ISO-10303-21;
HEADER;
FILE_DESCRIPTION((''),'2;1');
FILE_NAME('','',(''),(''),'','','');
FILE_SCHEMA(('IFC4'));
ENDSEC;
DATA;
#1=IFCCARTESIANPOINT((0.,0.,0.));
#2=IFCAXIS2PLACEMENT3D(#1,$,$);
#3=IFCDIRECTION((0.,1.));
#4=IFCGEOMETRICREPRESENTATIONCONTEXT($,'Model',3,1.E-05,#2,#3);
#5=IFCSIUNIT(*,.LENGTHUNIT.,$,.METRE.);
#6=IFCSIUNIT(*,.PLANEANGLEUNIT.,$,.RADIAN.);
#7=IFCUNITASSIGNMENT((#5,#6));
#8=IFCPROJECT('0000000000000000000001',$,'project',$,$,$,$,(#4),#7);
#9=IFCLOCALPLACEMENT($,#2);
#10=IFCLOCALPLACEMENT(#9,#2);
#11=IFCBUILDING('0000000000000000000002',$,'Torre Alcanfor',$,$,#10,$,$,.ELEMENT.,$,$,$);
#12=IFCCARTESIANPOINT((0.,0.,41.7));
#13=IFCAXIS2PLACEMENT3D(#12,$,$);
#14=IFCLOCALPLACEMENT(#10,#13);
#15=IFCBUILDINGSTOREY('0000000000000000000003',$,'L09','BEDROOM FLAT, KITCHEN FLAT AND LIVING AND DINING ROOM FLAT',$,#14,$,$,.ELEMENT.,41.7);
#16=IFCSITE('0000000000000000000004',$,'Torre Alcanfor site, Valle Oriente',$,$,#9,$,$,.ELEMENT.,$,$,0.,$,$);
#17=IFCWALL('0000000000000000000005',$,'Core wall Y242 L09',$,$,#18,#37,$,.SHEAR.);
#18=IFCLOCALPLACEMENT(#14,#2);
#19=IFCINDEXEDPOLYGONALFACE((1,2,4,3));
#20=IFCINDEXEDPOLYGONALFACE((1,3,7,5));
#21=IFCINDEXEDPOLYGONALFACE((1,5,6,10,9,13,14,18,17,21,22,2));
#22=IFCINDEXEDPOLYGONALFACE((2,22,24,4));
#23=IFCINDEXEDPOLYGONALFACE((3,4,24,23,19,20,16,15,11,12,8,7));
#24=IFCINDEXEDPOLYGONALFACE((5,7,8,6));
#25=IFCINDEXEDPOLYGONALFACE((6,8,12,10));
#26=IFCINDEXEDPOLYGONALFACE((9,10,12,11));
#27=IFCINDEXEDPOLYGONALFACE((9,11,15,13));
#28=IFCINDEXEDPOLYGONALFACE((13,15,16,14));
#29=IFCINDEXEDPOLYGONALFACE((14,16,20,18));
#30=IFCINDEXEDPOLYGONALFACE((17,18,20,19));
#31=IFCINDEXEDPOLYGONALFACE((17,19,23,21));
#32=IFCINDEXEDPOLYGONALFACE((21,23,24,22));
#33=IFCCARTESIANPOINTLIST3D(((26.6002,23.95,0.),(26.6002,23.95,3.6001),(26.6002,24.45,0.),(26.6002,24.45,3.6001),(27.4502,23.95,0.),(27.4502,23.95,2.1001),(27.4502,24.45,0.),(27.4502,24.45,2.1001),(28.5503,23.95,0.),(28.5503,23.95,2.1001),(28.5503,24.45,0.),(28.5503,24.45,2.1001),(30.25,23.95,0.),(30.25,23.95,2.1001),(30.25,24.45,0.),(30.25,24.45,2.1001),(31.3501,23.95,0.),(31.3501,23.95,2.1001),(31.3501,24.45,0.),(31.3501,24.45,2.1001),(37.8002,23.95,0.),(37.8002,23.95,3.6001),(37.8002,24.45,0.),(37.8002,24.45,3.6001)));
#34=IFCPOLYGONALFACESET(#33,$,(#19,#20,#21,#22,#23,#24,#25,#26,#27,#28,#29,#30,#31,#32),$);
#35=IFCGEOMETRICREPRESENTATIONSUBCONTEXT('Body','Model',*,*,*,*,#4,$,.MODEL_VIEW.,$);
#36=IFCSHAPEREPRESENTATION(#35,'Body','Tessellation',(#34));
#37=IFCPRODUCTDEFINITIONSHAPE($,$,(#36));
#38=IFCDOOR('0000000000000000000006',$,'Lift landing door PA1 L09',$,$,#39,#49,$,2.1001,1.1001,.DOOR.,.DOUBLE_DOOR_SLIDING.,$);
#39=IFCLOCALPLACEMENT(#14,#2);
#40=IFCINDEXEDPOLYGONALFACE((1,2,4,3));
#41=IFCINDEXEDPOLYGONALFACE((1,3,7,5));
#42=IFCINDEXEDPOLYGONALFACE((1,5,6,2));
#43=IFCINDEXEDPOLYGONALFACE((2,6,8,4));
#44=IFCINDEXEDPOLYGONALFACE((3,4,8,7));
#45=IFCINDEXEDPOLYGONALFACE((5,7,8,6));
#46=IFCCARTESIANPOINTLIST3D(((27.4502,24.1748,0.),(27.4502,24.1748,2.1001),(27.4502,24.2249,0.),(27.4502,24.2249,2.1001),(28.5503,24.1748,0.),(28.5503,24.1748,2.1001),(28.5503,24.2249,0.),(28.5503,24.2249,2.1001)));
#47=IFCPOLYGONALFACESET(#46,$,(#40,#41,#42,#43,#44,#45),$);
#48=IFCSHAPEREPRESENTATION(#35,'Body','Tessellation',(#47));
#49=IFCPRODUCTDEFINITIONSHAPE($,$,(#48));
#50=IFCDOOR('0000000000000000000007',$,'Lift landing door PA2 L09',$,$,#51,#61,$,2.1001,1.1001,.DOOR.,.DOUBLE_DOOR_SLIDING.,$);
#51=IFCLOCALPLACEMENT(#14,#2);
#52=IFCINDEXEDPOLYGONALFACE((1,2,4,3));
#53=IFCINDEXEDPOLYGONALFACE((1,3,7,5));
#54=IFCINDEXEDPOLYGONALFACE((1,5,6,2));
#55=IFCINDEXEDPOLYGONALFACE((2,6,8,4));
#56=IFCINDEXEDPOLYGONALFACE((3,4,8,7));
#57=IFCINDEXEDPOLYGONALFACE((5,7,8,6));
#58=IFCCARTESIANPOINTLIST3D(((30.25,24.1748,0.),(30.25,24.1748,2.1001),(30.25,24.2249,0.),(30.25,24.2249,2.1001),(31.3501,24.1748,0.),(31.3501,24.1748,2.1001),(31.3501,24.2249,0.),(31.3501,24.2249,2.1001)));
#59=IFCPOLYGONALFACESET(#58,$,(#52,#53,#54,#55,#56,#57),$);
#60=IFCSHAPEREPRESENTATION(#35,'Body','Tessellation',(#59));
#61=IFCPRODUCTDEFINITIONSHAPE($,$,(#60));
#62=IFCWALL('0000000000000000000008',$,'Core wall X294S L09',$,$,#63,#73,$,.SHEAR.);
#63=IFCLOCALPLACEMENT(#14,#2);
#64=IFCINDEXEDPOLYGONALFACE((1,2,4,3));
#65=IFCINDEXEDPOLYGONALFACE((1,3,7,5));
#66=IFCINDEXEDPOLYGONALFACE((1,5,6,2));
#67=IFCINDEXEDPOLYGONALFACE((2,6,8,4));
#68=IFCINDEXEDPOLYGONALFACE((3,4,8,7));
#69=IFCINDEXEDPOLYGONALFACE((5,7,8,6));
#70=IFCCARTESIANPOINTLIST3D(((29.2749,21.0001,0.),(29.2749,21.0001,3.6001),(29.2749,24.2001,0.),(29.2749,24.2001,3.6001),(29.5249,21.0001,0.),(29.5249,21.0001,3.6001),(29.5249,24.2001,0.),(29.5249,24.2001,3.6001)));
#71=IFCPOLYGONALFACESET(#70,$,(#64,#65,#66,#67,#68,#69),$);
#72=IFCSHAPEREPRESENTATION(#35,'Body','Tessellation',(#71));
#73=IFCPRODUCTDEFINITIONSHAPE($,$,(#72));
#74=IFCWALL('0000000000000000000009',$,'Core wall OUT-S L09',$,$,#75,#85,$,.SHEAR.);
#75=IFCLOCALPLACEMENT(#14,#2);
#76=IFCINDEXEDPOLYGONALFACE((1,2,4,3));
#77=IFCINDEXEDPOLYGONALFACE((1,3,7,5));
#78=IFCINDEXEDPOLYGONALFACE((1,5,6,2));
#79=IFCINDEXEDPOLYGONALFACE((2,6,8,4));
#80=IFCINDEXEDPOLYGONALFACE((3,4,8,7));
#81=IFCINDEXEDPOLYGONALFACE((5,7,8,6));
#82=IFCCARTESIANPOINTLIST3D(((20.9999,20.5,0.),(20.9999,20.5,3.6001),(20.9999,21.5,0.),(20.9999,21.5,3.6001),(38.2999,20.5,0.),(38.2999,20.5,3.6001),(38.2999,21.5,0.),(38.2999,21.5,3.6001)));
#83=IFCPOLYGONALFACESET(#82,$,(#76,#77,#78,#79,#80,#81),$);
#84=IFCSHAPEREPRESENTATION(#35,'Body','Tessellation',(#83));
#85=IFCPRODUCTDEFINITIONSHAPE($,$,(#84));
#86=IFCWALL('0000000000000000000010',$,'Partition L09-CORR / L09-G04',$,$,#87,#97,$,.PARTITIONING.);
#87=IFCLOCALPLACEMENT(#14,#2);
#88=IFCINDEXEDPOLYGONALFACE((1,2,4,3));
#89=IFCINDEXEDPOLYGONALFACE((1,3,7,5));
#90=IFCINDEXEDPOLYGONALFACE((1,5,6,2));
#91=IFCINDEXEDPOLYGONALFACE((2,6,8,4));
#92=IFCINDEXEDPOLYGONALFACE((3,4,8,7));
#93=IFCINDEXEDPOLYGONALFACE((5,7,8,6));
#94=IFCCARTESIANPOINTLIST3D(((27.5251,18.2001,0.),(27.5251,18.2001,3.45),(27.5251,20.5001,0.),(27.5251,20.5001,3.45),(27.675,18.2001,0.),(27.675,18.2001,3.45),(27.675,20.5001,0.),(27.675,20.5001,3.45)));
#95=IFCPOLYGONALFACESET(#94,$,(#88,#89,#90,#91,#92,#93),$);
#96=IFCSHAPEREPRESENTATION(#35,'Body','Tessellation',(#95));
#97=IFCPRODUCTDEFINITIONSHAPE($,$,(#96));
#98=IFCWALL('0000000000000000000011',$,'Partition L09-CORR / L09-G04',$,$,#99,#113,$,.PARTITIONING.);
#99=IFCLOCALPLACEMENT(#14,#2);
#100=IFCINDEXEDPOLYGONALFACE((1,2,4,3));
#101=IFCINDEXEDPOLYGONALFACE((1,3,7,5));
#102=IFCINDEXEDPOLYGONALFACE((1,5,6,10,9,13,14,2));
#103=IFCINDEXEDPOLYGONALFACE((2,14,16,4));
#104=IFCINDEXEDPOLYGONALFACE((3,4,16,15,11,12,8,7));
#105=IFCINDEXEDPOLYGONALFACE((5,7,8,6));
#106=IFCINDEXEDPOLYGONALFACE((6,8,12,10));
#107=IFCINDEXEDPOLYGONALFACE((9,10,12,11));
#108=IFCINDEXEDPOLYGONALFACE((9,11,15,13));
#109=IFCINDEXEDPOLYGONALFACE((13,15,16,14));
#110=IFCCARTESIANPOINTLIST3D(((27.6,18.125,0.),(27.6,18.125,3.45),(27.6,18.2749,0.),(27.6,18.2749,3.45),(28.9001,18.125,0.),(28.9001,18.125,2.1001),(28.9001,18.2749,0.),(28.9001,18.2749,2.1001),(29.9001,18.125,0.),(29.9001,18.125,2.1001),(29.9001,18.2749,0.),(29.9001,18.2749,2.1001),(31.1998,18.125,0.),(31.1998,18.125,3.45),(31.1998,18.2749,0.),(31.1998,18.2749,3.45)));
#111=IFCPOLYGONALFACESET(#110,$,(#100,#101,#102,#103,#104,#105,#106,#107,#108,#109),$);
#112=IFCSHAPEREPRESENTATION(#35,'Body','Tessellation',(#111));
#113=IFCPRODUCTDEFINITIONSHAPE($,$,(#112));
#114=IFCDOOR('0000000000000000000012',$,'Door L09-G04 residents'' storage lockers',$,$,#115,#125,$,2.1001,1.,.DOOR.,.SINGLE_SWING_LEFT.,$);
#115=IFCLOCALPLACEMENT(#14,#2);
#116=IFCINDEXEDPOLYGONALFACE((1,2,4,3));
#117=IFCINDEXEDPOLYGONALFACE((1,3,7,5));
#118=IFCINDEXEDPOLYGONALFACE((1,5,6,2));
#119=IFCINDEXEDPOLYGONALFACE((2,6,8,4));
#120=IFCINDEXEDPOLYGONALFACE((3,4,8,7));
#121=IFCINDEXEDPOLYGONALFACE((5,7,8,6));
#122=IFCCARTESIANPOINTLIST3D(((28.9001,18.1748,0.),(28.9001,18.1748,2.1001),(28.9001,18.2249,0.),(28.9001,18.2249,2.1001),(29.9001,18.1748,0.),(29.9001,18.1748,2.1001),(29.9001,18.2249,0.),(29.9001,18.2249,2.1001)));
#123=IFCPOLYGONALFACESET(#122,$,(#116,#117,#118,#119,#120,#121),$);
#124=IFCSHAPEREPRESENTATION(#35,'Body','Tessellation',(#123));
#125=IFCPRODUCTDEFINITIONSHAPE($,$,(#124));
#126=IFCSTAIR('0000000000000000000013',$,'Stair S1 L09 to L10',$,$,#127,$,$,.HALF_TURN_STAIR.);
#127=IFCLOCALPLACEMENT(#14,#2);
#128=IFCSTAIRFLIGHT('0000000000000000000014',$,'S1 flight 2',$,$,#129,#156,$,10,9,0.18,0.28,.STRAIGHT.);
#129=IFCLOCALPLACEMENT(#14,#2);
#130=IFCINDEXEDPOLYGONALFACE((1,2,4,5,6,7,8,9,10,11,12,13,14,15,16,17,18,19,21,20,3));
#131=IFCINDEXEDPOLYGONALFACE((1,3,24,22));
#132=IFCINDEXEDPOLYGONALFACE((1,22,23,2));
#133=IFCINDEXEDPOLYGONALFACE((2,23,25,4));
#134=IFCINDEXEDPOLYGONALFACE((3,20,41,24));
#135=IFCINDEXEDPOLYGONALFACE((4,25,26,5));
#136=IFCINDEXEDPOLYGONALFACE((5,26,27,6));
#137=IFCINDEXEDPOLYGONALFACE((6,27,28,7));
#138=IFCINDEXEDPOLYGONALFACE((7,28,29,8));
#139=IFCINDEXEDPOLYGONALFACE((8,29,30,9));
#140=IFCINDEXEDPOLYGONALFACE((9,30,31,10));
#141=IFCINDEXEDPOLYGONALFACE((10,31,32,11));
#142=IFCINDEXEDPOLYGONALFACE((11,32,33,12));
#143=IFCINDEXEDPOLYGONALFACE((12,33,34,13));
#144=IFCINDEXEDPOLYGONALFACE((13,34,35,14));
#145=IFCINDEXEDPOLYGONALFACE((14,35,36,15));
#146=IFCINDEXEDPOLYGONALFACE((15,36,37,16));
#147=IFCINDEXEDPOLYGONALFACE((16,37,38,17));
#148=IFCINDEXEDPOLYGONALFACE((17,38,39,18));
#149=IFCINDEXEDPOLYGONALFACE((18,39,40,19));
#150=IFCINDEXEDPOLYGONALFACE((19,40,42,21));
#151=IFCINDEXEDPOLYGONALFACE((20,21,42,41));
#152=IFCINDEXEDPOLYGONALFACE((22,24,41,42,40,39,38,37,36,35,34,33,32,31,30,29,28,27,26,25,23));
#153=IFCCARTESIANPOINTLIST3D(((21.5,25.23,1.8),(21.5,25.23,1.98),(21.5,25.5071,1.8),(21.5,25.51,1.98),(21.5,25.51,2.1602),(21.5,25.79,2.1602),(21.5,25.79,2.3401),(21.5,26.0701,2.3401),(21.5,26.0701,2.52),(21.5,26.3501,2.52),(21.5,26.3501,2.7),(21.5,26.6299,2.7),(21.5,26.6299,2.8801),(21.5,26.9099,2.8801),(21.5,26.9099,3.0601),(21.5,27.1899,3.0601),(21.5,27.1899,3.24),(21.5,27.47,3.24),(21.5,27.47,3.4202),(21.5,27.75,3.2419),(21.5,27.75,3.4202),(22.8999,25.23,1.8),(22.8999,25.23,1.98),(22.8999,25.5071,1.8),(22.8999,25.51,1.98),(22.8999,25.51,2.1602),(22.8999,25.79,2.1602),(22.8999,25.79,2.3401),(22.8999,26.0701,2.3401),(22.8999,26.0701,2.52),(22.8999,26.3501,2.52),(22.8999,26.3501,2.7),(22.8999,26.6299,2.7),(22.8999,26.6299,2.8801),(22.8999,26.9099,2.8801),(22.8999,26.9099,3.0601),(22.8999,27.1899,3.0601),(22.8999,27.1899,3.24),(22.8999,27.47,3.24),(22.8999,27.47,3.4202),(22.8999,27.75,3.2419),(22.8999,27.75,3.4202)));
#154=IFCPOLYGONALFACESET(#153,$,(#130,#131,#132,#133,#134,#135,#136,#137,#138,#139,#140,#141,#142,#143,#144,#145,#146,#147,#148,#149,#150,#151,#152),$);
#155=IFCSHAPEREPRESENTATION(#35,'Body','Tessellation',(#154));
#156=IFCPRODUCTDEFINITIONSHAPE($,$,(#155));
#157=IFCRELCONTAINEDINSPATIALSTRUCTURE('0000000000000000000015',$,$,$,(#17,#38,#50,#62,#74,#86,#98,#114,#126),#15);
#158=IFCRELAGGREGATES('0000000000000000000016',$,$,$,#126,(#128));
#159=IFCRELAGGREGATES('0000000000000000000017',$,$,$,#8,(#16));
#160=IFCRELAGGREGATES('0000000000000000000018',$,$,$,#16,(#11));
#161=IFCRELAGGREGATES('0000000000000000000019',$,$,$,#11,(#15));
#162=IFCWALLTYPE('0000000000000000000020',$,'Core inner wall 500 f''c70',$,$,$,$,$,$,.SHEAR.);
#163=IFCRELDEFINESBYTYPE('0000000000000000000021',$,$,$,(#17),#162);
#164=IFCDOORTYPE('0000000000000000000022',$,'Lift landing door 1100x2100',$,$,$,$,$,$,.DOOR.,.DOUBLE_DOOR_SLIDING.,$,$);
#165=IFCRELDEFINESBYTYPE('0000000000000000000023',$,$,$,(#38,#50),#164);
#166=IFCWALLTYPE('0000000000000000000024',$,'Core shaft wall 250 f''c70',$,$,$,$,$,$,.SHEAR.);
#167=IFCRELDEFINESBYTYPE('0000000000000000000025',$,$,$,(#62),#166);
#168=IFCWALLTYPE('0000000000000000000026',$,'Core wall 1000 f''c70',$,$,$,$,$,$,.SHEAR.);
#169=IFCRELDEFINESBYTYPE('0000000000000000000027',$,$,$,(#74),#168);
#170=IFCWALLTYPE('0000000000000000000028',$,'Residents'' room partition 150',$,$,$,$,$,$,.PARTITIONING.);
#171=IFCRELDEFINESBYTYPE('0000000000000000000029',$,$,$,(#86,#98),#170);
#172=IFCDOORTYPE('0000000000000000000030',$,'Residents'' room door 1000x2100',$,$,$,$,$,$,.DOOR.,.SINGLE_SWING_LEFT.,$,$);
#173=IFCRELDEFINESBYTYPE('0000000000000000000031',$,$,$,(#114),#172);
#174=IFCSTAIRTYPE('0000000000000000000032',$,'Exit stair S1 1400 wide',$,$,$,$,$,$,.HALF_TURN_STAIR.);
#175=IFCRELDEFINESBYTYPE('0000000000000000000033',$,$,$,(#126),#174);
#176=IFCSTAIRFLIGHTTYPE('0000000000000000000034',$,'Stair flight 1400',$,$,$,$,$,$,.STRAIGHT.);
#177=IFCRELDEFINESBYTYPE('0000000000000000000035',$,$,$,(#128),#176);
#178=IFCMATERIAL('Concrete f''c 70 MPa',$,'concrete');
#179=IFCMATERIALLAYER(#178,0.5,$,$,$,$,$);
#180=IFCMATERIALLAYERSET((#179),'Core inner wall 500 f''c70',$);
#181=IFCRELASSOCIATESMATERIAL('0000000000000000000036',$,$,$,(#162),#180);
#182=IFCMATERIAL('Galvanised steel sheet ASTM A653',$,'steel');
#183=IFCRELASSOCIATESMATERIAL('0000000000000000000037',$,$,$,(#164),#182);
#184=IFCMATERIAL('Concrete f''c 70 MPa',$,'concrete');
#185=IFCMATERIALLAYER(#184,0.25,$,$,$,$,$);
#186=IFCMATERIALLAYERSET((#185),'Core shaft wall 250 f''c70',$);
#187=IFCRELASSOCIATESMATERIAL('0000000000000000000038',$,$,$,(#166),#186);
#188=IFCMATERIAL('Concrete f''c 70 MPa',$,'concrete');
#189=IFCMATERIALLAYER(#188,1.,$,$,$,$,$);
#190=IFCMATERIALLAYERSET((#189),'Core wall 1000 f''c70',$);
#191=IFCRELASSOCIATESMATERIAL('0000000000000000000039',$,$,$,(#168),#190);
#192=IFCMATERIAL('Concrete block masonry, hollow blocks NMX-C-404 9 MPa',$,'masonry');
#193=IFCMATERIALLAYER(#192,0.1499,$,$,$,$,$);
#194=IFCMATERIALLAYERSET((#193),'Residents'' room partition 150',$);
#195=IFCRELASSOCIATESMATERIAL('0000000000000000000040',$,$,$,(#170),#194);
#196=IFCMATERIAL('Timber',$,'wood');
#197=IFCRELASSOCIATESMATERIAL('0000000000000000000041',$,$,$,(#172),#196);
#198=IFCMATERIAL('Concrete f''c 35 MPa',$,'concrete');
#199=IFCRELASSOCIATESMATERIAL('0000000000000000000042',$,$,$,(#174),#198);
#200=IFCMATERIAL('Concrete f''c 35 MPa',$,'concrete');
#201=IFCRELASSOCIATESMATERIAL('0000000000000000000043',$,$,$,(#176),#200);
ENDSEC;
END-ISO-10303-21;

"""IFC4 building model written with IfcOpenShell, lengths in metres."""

from ifc_helpers import new_model, si_unit, direction, frame, frame_2d, origin, place, context, subcontext, project, spatial, polyline, rectangle, outline, extrude, material, layer, layer_set, type_object, element, fill, aggregate, save


model = new_model("IFC4")

# Units and contexts
model_context = context("Model", 3, precision=1e-05, world=origin(), true_north=direction((0.0, 1.0)))
body_context = subcontext(model_context, "Body", "Model", "MODEL_VIEW")
ifc_project = project(units=[si_unit("LENGTHUNIT", "METRE"), si_unit("PLANEANGLEUNIT", "RADIAN")], contexts=[model_context])

# Site, building, storey
site_placement = place(None, origin())
site = spatial("IfcSite", under=ifc_project, at=site_placement, Name="Torre Alcanfor site, Valle Oriente", CompositionType="ELEMENT", RefElevation=0.0)
building_placement = place(site_placement, origin())
building = spatial("IfcBuilding", under=site, at=building_placement, Name="Torre Alcanfor", CompositionType="ELEMENT")
storey_placement = place(building_placement, frame((0.0, 0.0, 41.7)))
storey = spatial("IfcBuildingStorey", under=building, at=storey_placement, Name="L09", Description="BEDROOM FLAT, KITCHEN FLAT AND LIVING AND DINING ROOM FLAT", CompositionType="ELEMENT", Elevation=41.7)

# Shared definitions
ifc_material_1 = material(Name="Concrete f'c 70 MPa", Category="concrete")
ifc_layer_1 = layer(ifc_material_1, 0.5)
ifc_layer_set_1 = layer_set([ifc_layer_1], Name="Core inner wall 500 f'c70")
wall_type_1 = type_object("IfcWallType", Name="Core inner wall 500 f'c70", PredefinedType="SHEAR", material=ifc_layer_set_1)

# Wall, openings, doors
wall_1_placement = place(storey_placement, frame((26.6001, 24.2, 0.0), z_axis=(0.0, 0.0, 1.0), x_axis=(1.0, 0.0, 0.0)))
wall_1 = element("IfcWall", 1, at=wall_1_placement, inside=storey, type_object=wall_type_1, Name="Core wall Y242 L09", PredefinedType="SHEAR", context=body_context, shape_type="SweptSolid", body=[
    extrude(rectangle(XDim=11.2, YDim=0.5, at=frame_2d((5.6001, 0.0))), origin(), (0.0, 0.0, 1.0), 3.6001),
])
opening_1_placement = place(wall_1_placement, frame((0.8501, 0.0, 0.0)))
opening_1 = element("IfcOpeningElement", 2, at=opening_1_placement, cuts=wall_1, PredefinedType="OPENING", context=body_context, shape_type="SweptSolid", body=[
    extrude(rectangle(XDim=1.1001, YDim=2.1001, at=frame_2d((0.55, 1.05))), frame((0.0, 0.26, 0.0), z_axis=(0.0, -1.0, 0.0), x_axis=(1.0, 0.0, 0.0)), (0.0, 0.0, 1.0), 0.52),
])
opening_2_placement = place(wall_1_placement, frame((3.6499, 0.0, 0.0)))
opening_2 = element("IfcOpeningElement", 3, at=opening_2_placement, cuts=wall_1, PredefinedType="OPENING", context=body_context, shape_type="SweptSolid", body=[
    extrude(rectangle(XDim=1.1001, YDim=2.1001, at=frame_2d((0.55, 1.05))), frame((0.0, 0.26, 0.0), z_axis=(0.0, -1.0, 0.0), x_axis=(1.0, 0.0, 0.0)), (0.0, 0.0, 1.0), 0.52),
])
ifc_material_2 = material(Name="Galvanised steel sheet ASTM A653", Category="steel")
door_type_1 = type_object("IfcDoorType", Name="Lift landing door 1100x2100", OperationType="DOUBLE_DOOR_SLIDING", PredefinedType="DOOR", material=ifc_material_2)
door_1_placement = place(opening_1_placement, origin())
door_1 = element("IfcDoor", 4, at=door_1_placement, inside=storey, type_object=door_type_1, Name="Lift landing door PA1 L09", OperationType="DOUBLE_DOOR_SLIDING", OverallHeight=2.1001, OverallWidth=1.1001, PredefinedType="DOOR", context=body_context, shape_type="SweptSolid", body=[
    extrude(rectangle(XDim=1.1001, YDim=2.1001, at=frame_2d((0.55, 1.05))), frame((0.0, 0.0249, 0.0), z_axis=(0.0, -1.0, 0.0), x_axis=(1.0, 0.0, 0.0)), (0.0, 0.0, 1.0), 0.05),
])
fill(opening_1, door_1)
door_2_placement = place(opening_2_placement, origin())
door_2 = element("IfcDoor", 5, at=door_2_placement, inside=storey, type_object=door_type_1, Name="Lift landing door PA2 L09", OperationType="DOUBLE_DOOR_SLIDING", OverallHeight=2.1001, OverallWidth=1.1001, PredefinedType="DOOR", context=body_context, shape_type="SweptSolid", body=[
    extrude(rectangle(XDim=1.1001, YDim=2.1001, at=frame_2d((0.55, 1.05))), frame((0.0, 0.0249, 0.0), z_axis=(0.0, -1.0, 0.0), x_axis=(1.0, 0.0, 0.0)), (0.0, 0.0, 1.0), 0.05),
])
fill(opening_2, door_2)

# Walls
ifc_material_3 = material(Name="Concrete f'c 70 MPa", Category="concrete")
ifc_layer_2 = layer(ifc_material_3, 0.25)
ifc_layer_set_2 = layer_set([ifc_layer_2], Name="Core shaft wall 250 f'c70")
wall_type_2 = type_object("IfcWallType", Name="Core shaft wall 250 f'c70", PredefinedType="SHEAR", material=ifc_layer_set_2)
wall_2_placement = place(storey_placement, frame((29.3999, 21.0, 0.0), z_axis=(0.0, 0.0, 1.0), x_axis=(0.0, 1.0, 0.0)))
element("IfcWall", 6, at=wall_2_placement, inside=storey, type_object=wall_type_2, Name="Core wall X294S L09", PredefinedType="SHEAR", context=body_context, shape_type="SweptSolid", body=[
    extrude(rectangle(XDim=3.2, YDim=0.25, at=frame_2d((1.6001, 0.0))), origin(), (0.0, 0.0, 1.0), 3.6001),
])
ifc_material_4 = material(Name="Concrete f'c 70 MPa", Category="concrete")
ifc_layer_3 = layer(ifc_material_4, 1.0)
ifc_layer_set_3 = layer_set([ifc_layer_3], Name="Core wall 1000 f'c70")
wall_type_3 = type_object("IfcWallType", Name="Core wall 1000 f'c70", PredefinedType="SHEAR", material=ifc_layer_set_3)
wall_3_placement = place(storey_placement, frame((21.0, 21.0, 0.0), z_axis=(0.0, 0.0, 1.0), x_axis=(1.0, 0.0, 0.0)))
element("IfcWall", 7, at=wall_3_placement, inside=storey, type_object=wall_type_3, Name="Core wall OUT-S L09", PredefinedType="SHEAR", context=body_context, shape_type="SweptSolid", body=[
    extrude(rectangle(XDim=17.3, YDim=1.0, at=frame_2d((8.6499, 0.0))), origin(), (0.0, 0.0, 1.0), 3.6001),
])
ifc_material_5 = material(Name="Concrete block masonry, hollow blocks NMX-C-404 9 MPa", Category="masonry")
ifc_layer_4 = layer(ifc_material_5, 0.1499)
ifc_layer_set_4 = layer_set([ifc_layer_4], Name="Residents' room partition 150")
wall_type_4 = type_object("IfcWallType", Name="Residents' room partition 150", PredefinedType="PARTITIONING", material=ifc_layer_set_4)
wall_4_placement = place(storey_placement, frame((27.6001, 20.5, 0.0), z_axis=(0.0, 0.0, 1.0), x_axis=(0.0, -1.0, 0.0)))
element("IfcWall", 8, at=wall_4_placement, inside=storey, type_object=wall_type_4, Name="Partition L09-CORR / L09-G04", PredefinedType="PARTITIONING", context=body_context, shape_type="SweptSolid", body=[
    extrude(rectangle(XDim=2.3, YDim=0.1499, at=frame_2d((1.1499, 0.0))), origin(), (0.0, 0.0, 1.0), 3.45),
])

# Wall, opening, door
wall_5_placement = place(storey_placement, frame((27.6001, 18.2, 0.0), z_axis=(0.0, 0.0, 1.0), x_axis=(1.0, 0.0, 0.0)))
wall_5 = element("IfcWall", 9, at=wall_5_placement, inside=storey, type_object=wall_type_4, Name="Partition L09-CORR / L09-G04", PredefinedType="PARTITIONING", context=body_context, shape_type="SweptSolid", body=[
    extrude(rectangle(XDim=3.5999, YDim=0.1499, at=frame_2d((1.7998, 0.0))), origin(), (0.0, 0.0, 1.0), 3.45),
])
opening_3_placement = place(wall_5_placement, frame((1.3, 0.0, 0.0)))
opening_3 = element("IfcOpeningElement", 10, at=opening_3_placement, cuts=wall_5, PredefinedType="OPENING", context=body_context, shape_type="SweptSolid", body=[
    extrude(rectangle(XDim=1.0, YDim=2.1001, at=frame_2d((0.5, 1.05))), frame((0.0, 0.085, 0.0), z_axis=(0.0, -1.0, 0.0), x_axis=(1.0, 0.0, 0.0)), (0.0, 0.0, 1.0), 0.1699),
])
ifc_material_6 = material(Name="Timber", Category="wood")
door_type_2 = type_object("IfcDoorType", Name="Residents' room door 1000x2100", OperationType="SINGLE_SWING_LEFT", PredefinedType="DOOR", material=ifc_material_6)
door_3_placement = place(opening_3_placement, origin())
door_3 = element("IfcDoor", 11, at=door_3_placement, inside=storey, type_object=door_type_2, Name="Door L09-G04 residents' storage lockers", OperationType="SINGLE_SWING_LEFT", OverallHeight=2.1001, OverallWidth=1.0, PredefinedType="DOOR", context=body_context, shape_type="SweptSolid", body=[
    extrude(rectangle(XDim=1.0, YDim=2.1001, at=frame_2d((0.5, 1.05))), frame((0.0, 0.0249, 0.0), z_axis=(0.0, -1.0, 0.0), x_axis=(1.0, 0.0, 0.0)), (0.0, 0.0, 1.0), 0.05),
])
fill(opening_3, door_3)

# Stair, stair flight
ifc_material_7 = material(Name="Concrete f'c 35 MPa", Category="concrete")
stair_type = type_object("IfcStairType", Name="Exit stair S1 1400 wide", PredefinedType="HALF_TURN_STAIR", material=ifc_material_7)
stair_placement = place(storey_placement, origin())
stair = element("IfcStair", 12, at=stair_placement, inside=storey, type_object=stair_type, Name="Stair S1 L09 to L10", PredefinedType="HALF_TURN_STAIR")
ifc_material_8 = material(Name="Concrete f'c 35 MPa", Category="concrete")
stair_flight_type = type_object("IfcStairFlightType", Name="Stair flight 1400", PredefinedType="STRAIGHT", material=ifc_material_8)
stair_flight_placement = place(storey_placement, frame((22.2, 25.23, 1.8), z_axis=(0.0, 0.0, 1.0), x_axis=(0.0, 1.0, 0.0)))
stair_flight = element("IfcStairFlight", 13, at=stair_flight_placement, type_object=stair_flight_type, Name="S1 flight 2", NumberOfRisers=10, NumberOfTreads=9, PredefinedType="STRAIGHT", RiserHeight=0.18, TreadLength=0.28, context=body_context, shape_type="SweptSolid", body=[
    extrude(outline(polyline([(0.0, 0.0), (0.0, 0.1799), (0.28, 0.1799), (0.28, 0.3601), (0.5601, 0.3601), (0.5601, 0.54), (0.8401, 0.54), (0.8401, 0.72), (1.1201, 0.72), (1.1201, 0.8999), (1.3999, 0.8999), (1.3999, 1.0801), (1.6799, 1.0801), (1.6799, 1.26), (1.96, 1.26), (1.96, 1.4399), (2.24, 1.4399), (2.24, 1.6201), (2.52, 1.6201), (2.52, 1.8), (2.52, 1.4419), (0.2771, 0.0), (0.0, 0.0)])), frame((0.0, 0.7, 0.0), z_axis=(0.0, -1.0, 0.0), x_axis=(1.0, 0.0, 0.0)), (0.0, 0.0, 1.0), 1.3999),
])
aggregate(stair, [stair_flight])

save(model, "model.ifc")
